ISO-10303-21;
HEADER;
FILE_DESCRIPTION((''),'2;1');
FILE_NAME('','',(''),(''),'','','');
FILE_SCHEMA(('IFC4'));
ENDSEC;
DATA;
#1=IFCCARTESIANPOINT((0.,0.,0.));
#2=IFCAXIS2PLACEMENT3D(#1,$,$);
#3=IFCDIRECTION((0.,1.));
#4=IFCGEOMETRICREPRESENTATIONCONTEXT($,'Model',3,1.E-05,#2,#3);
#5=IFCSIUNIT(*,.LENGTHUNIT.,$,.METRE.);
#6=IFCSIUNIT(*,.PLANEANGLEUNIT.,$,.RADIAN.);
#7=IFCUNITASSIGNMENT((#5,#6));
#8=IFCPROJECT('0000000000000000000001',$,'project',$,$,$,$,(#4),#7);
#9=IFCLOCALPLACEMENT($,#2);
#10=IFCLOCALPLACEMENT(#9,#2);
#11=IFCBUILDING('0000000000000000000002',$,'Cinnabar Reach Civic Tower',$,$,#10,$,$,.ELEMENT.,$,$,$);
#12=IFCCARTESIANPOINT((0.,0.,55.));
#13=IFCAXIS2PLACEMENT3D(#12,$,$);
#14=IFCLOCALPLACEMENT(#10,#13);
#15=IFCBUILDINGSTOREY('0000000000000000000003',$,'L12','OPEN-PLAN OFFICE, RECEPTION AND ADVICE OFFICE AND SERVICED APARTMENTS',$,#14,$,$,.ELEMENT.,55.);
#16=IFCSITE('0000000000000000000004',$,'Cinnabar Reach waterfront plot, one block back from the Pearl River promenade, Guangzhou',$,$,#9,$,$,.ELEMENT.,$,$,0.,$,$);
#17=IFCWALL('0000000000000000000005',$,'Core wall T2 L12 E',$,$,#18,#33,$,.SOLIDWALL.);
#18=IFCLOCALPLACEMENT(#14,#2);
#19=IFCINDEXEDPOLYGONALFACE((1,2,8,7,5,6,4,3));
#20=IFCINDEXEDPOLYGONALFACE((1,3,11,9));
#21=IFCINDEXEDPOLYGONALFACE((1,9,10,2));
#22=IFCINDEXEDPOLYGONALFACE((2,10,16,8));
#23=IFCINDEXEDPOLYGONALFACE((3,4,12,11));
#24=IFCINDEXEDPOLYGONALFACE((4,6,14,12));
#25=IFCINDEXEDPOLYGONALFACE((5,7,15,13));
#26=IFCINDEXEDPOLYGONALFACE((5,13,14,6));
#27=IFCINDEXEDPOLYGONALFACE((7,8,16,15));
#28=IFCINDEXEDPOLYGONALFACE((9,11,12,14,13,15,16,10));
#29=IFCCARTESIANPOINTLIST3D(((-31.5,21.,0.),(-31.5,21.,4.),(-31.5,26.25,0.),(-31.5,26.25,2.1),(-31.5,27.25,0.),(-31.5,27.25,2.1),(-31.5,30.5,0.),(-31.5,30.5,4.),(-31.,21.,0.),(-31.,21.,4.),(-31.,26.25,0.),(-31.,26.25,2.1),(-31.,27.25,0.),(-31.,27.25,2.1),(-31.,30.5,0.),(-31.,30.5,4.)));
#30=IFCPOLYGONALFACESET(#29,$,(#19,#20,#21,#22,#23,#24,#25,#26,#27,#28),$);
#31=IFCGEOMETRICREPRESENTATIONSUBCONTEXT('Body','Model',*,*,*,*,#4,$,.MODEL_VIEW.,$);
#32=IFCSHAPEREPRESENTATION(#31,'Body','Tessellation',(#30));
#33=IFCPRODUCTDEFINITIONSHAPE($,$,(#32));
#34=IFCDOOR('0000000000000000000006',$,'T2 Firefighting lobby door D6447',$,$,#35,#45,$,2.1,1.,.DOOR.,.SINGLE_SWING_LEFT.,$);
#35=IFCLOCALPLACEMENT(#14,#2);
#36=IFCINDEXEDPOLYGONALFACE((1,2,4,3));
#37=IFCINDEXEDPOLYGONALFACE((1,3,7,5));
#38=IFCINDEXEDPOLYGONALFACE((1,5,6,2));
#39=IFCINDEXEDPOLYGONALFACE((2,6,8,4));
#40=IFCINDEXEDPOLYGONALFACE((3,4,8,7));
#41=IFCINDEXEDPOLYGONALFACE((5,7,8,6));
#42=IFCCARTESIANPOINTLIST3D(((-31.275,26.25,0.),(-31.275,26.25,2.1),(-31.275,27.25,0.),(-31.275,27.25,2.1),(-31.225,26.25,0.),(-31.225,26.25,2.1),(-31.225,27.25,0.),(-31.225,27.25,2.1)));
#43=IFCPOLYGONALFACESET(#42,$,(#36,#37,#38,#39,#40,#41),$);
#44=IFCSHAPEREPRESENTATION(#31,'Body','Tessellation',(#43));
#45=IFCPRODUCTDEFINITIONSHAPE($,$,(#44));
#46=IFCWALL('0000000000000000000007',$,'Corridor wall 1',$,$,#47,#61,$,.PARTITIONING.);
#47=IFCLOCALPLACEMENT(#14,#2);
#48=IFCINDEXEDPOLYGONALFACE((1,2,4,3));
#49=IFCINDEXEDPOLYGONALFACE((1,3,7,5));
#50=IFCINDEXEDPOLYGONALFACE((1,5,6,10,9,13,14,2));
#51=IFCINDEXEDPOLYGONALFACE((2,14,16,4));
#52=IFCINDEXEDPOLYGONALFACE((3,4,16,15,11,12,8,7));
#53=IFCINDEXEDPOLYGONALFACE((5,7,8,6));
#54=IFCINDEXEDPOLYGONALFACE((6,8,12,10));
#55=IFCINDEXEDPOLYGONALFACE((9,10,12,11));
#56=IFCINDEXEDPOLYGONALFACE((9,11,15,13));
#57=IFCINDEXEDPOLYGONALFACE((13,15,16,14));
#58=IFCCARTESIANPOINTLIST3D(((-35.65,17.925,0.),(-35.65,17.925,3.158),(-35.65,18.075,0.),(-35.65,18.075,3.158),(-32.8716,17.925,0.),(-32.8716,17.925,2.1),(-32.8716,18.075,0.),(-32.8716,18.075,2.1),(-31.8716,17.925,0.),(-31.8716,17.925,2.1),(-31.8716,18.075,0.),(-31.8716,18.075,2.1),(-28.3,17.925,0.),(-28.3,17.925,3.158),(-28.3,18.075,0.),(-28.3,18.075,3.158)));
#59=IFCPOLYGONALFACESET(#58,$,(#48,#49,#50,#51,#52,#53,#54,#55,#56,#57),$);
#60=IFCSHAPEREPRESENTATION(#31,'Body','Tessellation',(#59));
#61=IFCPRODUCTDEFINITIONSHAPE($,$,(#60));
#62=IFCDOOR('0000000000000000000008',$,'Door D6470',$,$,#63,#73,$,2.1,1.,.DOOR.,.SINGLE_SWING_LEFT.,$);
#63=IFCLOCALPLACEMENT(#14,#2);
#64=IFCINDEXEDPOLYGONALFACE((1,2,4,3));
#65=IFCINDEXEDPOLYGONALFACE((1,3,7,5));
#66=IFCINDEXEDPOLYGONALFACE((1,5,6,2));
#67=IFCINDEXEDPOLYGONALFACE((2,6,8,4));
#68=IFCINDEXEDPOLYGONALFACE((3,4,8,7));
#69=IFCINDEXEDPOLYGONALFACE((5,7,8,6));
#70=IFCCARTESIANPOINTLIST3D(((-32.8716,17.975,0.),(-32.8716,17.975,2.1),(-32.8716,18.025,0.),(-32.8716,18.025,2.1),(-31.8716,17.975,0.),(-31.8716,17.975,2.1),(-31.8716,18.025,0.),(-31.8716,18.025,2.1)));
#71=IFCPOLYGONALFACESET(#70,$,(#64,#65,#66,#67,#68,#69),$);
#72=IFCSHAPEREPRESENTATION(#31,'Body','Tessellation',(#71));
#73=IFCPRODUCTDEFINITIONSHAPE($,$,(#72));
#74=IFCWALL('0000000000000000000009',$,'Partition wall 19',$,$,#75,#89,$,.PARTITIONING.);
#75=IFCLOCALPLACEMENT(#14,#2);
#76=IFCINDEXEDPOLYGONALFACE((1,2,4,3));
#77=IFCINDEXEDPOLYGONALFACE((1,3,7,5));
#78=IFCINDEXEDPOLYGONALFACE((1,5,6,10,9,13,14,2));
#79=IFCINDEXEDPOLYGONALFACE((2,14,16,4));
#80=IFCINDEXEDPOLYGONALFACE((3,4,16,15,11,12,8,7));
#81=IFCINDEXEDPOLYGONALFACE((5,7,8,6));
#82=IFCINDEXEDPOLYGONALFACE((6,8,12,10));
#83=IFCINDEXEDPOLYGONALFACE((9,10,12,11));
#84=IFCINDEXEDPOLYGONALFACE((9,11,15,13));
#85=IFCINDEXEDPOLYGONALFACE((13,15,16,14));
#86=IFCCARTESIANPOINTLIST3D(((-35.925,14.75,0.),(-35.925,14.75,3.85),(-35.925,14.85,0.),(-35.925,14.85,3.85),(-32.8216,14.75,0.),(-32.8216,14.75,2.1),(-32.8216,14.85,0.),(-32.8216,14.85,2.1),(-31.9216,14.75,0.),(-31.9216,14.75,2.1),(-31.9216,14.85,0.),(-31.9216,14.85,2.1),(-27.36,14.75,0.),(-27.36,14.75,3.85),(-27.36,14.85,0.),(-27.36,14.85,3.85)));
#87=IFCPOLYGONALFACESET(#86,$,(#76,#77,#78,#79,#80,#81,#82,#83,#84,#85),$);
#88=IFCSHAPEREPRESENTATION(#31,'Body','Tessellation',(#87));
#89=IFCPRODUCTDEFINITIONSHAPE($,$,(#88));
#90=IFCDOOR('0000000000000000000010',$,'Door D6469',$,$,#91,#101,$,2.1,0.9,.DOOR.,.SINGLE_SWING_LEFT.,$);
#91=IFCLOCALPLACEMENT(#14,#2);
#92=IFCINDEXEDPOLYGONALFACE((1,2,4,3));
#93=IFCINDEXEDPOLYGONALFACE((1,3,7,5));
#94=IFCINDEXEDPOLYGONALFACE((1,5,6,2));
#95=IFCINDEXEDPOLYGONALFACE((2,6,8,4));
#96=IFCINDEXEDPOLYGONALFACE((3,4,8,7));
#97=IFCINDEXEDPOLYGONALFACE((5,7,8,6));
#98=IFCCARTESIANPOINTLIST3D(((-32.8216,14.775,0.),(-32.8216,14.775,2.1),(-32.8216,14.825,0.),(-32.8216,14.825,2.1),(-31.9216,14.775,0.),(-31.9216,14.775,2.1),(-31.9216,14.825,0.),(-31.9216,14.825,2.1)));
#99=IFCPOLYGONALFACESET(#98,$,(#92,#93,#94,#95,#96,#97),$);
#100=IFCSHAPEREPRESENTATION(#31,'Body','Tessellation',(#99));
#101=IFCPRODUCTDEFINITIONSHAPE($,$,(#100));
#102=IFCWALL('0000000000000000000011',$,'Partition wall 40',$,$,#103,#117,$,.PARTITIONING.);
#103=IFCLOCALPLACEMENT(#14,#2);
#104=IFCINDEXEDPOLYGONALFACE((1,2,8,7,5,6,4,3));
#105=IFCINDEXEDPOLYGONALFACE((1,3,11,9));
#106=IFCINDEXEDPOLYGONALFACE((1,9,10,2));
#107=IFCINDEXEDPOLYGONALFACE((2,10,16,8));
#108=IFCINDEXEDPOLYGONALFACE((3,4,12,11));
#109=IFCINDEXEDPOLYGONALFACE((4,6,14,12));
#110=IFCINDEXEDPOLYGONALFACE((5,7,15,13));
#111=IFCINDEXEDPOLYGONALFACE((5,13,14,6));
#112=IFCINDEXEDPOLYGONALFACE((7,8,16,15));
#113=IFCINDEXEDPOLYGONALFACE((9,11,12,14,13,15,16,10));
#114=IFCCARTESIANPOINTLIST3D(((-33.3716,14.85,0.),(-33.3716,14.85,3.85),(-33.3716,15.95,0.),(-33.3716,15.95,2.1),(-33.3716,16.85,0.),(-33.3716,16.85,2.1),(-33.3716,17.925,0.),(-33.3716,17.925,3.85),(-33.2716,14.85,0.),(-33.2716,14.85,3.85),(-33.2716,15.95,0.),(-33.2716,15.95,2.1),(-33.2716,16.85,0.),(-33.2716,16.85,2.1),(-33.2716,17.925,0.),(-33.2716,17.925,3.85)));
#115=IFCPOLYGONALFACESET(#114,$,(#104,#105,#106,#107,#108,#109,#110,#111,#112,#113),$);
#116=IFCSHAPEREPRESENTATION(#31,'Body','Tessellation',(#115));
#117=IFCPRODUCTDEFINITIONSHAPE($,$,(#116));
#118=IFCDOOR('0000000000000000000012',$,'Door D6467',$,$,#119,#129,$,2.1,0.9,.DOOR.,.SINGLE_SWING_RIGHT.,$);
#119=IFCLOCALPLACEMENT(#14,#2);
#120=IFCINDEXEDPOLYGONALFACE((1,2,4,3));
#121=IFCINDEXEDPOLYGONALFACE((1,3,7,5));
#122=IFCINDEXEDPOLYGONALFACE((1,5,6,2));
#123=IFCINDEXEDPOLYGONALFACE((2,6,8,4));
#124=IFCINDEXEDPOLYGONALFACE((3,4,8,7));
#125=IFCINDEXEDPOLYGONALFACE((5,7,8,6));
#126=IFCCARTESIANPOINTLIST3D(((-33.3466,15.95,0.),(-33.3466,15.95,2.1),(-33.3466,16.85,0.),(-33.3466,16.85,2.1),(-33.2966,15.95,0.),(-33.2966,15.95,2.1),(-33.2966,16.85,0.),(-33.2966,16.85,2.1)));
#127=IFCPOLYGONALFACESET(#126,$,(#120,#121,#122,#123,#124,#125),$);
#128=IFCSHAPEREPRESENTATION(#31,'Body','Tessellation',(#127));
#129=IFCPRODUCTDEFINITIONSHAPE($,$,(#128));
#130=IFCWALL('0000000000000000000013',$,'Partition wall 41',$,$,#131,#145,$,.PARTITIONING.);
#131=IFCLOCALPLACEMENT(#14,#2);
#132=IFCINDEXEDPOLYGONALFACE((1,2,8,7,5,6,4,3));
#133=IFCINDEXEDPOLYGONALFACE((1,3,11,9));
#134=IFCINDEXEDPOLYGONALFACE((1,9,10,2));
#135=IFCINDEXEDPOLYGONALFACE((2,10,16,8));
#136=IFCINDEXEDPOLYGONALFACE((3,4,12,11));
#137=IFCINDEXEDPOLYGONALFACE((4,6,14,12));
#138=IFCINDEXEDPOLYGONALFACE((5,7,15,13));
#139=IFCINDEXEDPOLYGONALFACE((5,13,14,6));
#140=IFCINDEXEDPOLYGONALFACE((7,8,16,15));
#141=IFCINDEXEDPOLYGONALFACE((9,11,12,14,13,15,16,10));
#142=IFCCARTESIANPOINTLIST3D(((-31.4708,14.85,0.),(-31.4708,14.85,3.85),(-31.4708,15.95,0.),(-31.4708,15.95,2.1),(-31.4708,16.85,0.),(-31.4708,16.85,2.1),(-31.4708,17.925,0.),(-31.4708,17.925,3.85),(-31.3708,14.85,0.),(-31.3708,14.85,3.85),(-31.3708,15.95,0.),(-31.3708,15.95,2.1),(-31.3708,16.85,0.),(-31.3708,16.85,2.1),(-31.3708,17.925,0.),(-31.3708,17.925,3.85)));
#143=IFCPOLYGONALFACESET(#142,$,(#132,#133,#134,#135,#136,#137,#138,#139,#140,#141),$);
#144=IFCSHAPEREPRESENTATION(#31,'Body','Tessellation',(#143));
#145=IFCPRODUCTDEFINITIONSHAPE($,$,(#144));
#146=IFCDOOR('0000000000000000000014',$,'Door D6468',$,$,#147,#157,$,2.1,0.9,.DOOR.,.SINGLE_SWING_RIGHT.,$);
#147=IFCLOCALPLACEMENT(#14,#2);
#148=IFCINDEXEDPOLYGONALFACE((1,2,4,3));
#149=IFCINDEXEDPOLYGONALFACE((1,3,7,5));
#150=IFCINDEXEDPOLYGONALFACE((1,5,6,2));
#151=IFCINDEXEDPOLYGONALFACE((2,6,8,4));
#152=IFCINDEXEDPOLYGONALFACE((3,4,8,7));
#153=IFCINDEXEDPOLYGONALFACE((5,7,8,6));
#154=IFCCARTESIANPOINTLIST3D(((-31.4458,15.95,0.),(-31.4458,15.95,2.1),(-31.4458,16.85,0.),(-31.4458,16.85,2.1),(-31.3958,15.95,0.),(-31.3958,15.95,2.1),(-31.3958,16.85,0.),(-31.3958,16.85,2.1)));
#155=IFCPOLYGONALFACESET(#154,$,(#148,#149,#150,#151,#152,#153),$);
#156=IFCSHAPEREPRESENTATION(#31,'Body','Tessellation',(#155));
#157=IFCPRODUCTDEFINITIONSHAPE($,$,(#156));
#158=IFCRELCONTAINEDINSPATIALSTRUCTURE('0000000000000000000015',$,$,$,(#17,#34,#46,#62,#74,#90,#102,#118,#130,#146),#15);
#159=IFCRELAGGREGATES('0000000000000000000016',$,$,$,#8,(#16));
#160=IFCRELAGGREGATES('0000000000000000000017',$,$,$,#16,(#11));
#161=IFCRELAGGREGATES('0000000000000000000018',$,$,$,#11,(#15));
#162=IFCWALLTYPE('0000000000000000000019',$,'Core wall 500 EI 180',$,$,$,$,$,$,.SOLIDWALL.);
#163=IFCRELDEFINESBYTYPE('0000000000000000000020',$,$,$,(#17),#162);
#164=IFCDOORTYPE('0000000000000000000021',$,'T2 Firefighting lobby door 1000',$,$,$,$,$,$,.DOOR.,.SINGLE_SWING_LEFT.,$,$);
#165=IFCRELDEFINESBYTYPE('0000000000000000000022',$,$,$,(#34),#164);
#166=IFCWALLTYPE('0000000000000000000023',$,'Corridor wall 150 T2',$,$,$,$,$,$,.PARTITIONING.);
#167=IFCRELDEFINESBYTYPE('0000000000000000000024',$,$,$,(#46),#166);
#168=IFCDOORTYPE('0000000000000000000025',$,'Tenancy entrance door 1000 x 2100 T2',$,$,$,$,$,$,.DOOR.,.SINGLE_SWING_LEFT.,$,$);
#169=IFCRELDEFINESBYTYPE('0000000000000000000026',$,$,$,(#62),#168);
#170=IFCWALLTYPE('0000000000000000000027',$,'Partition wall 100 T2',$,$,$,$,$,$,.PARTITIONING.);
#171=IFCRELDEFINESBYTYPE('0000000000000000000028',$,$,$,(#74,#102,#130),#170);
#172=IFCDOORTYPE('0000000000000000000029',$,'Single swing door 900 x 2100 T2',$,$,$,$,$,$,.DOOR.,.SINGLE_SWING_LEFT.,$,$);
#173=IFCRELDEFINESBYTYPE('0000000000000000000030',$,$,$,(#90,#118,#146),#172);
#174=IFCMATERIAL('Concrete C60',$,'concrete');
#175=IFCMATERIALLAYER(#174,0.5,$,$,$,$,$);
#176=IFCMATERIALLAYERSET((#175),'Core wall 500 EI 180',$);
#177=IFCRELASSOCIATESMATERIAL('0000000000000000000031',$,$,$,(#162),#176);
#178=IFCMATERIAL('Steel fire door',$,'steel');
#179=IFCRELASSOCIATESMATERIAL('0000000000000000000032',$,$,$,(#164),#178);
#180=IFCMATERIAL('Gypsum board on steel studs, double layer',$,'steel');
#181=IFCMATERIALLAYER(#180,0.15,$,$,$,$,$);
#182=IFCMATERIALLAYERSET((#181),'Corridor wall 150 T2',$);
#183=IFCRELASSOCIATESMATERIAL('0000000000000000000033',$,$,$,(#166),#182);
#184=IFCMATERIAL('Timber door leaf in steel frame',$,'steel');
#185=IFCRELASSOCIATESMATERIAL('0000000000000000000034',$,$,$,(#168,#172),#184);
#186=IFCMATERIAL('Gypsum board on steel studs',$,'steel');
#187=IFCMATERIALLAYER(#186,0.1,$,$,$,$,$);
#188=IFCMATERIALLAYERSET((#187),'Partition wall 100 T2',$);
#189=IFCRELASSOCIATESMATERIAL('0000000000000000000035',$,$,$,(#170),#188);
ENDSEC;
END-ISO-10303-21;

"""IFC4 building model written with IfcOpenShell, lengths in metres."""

from ifc_helpers import new_model, si_unit, direction, frame, frame_2d, origin, place, context, subcontext, project, spatial, rectangle, extrude, material, layer, layer_set, type_object, element, fill, save


model = new_model("IFC4")

# Units and contexts
model_context = context("Model", 3, precision=1e-05, world=origin(), true_north=direction((0.0, 1.0)))
body_context = subcontext(model_context, "Body", "Model", "MODEL_VIEW")
ifc_project = project(units=[si_unit("LENGTHUNIT", "METRE"), si_unit("PLANEANGLEUNIT", "RADIAN")], contexts=[model_context])

# Site, building, storey
site_placement = place(None, origin())
site = spatial("IfcSite", under=ifc_project, at=site_placement, Name="Cinnabar Reach waterfront plot, one block back from the Pearl River promenade, Guangzhou", CompositionType="ELEMENT", RefElevation=0.0)
building_placement = place(site_placement, origin())
building = spatial("IfcBuilding", under=site, at=building_placement, Name="Cinnabar Reach Civic Tower", CompositionType="ELEMENT")
storey_placement = place(building_placement, frame((0.0, 0.0, 55.0)))
storey = spatial("IfcBuildingStorey", under=building, at=storey_placement, Name="L12", Description="OPEN-PLAN OFFICE, RECEPTION AND ADVICE OFFICE AND SERVICED APARTMENTS", CompositionType="ELEMENT", Elevation=55.0)

# Shared definitions
ifc_material_1 = material(Name="Concrete C60", Category="concrete")

# Walls, openings, doors
ifc_layer_1 = layer(ifc_material_1, 0.5)
ifc_layer_set_1 = layer_set([ifc_layer_1], Name="Core wall 500 EI 180")
wall_type_1 = type_object("IfcWallType", Name="Core wall 500 EI 180", PredefinedType="SOLIDWALL", material=ifc_layer_set_1)
wall_1_placement = place(storey_placement, frame((-31.25, 21.0, 0.0), z_axis=(0.0, 0.0, 1.0), x_axis=(0.0, 1.0, 0.0)))
wall_1 = element("IfcWall", 1, at=wall_1_placement, inside=storey, type_object=wall_type_1, Name="Core wall T2 L12 E", PredefinedType="SOLIDWALL", context=body_context, shape_type="SweptSolid", body=[
    extrude(rectangle(XDim=9.5, YDim=0.5, at=frame_2d((4.75, 0.0))), origin(), (0.0, 0.0, 1.0), 4.0),
])
opening_1_placement = place(wall_1_placement, frame((5.25, 0.0, 0.0)))
opening_1 = element("IfcOpeningElement", 2, at=opening_1_placement, cuts=wall_1, PredefinedType="OPENING", context=body_context, shape_type="SweptSolid", body=[
    extrude(rectangle(XDim=1.0, YDim=2.1, at=frame_2d((0.5, 1.05))), frame((0.0, 0.26, 0.0), z_axis=(0.0, -1.0, 0.0), x_axis=(1.0, 0.0, 0.0)), (0.0, 0.0, 1.0), 0.52),
])
ifc_material_2 = material(Name="Steel fire door", Category="steel")
door_type_1 = type_object("IfcDoorType", Name="T2 Firefighting lobby door 1000", OperationType="SINGLE_SWING_LEFT", PredefinedType="DOOR", material=ifc_material_2)
door_1_placement = place(opening_1_placement, frame((1.0, 0.0, 0.0), z_axis=(0.0, 0.0, 1.0), x_axis=(-1.0, 0.0, 0.0)))
door_1 = element("IfcDoor", 3, at=door_1_placement, inside=storey, type_object=door_type_1, Name="T2 Firefighting lobby door D6447", OperationType="SINGLE_SWING_LEFT", OverallHeight=2.1, OverallWidth=1.0, PredefinedType="DOOR", context=body_context, shape_type="SweptSolid", body=[
    extrude(rectangle(XDim=1.0, YDim=2.1, at=frame_2d((0.5, 1.05))), frame((0.0, 0.025, 0.0), z_axis=(0.0, -1.0, 0.0), x_axis=(1.0, 0.0, 0.0)), (0.0, 0.0, 1.0), 0.05),
])
fill(opening_1, door_1)
ifc_material_3 = material(Name="Gypsum board on steel studs, double layer", Category="steel")
ifc_layer_2 = layer(ifc_material_3, 0.15)
ifc_layer_set_2 = layer_set([ifc_layer_2], Name="Corridor wall 150 T2")
wall_type_2 = type_object("IfcWallType", Name="Corridor wall 150 T2", PredefinedType="PARTITIONING", material=ifc_layer_set_2)
wall_2_placement = place(storey_placement, frame((-35.65, 18.0, 0.0), z_axis=(0.0, 0.0, 1.0), x_axis=(1.0, 0.0, 0.0)))
wall_2 = element("IfcWall", 4, at=wall_2_placement, inside=storey, type_object=wall_type_2, Name="Corridor wall 1", PredefinedType="PARTITIONING", context=body_context, shape_type="SweptSolid", body=[
    extrude(rectangle(XDim=7.35, YDim=0.15, at=frame_2d((3.675, 0.0))), origin(), (0.0, 0.0, 1.0), 3.158),
])
opening_2_placement = place(wall_2_placement, frame((2.7784, 0.0, 0.0)))
opening_2 = element("IfcOpeningElement", 5, at=opening_2_placement, cuts=wall_2, PredefinedType="OPENING", context=body_context, shape_type="SweptSolid", body=[
    extrude(rectangle(XDim=1.0, YDim=2.1, at=frame_2d((0.5, 1.05))), frame((0.0, 0.085, 0.0), z_axis=(0.0, -1.0, 0.0), x_axis=(1.0, 0.0, 0.0)), (0.0, 0.0, 1.0), 0.17),
])
ifc_material_4 = material(Name="Timber door leaf in steel frame", Category="steel")
door_type_2 = type_object("IfcDoorType", Name="Tenancy entrance door 1000 x 2100 T2", OperationType="SINGLE_SWING_LEFT", PredefinedType="DOOR", material=ifc_material_4)
door_2_placement = place(opening_2_placement, frame((1.0, 0.0, 0.0), z_axis=(0.0, 0.0, 1.0), x_axis=(-1.0, 0.0, 0.0)))
door_2 = element("IfcDoor", 6, at=door_2_placement, inside=storey, type_object=door_type_2, Name="Door D6470", OperationType="SINGLE_SWING_LEFT", OverallHeight=2.1, OverallWidth=1.0, PredefinedType="DOOR", context=body_context, shape_type="SweptSolid", body=[
    extrude(rectangle(XDim=1.0, YDim=2.1, at=frame_2d((0.5, 1.05))), frame((0.0, 0.025, 0.0), z_axis=(0.0, -1.0, 0.0), x_axis=(1.0, 0.0, 0.0)), (0.0, 0.0, 1.0), 0.05),
])
fill(opening_2, door_2)
ifc_material_5 = material(Name="Gypsum board on steel studs", Category="steel")
ifc_layer_3 = layer(ifc_material_5, 0.1)
ifc_layer_set_3 = layer_set([ifc_layer_3], Name="Partition wall 100 T2")
wall_type_3 = type_object("IfcWallType", Name="Partition wall 100 T2", PredefinedType="PARTITIONING", material=ifc_layer_set_3)
wall_3_placement = place(storey_placement, frame((-35.925, 14.8, 0.0), z_axis=(0.0, 0.0, 1.0), x_axis=(1.0, 0.0, 0.0)))
wall_3 = element("IfcWall", 7, at=wall_3_placement, inside=storey, type_object=wall_type_3, Name="Partition wall 19", PredefinedType="PARTITIONING", context=body_context, shape_type="SweptSolid", body=[
    extrude(rectangle(XDim=8.565, YDim=0.1, at=frame_2d((4.2825, 0.0))), origin(), (0.0, 0.0, 1.0), 3.85),
])
opening_3_placement = place(wall_3_placement, frame((3.1034, 0.0, 0.0)))
opening_3 = element("IfcOpeningElement", 8, at=opening_3_placement, cuts=wall_3, PredefinedType="OPENING", context=body_context, shape_type="SweptSolid", body=[
    extrude(rectangle(XDim=0.9, YDim=2.1, at=frame_2d((0.45, 1.05))), frame((0.0, 0.06, 0.0), z_axis=(0.0, -1.0, 0.0), x_axis=(1.0, 0.0, 0.0)), (0.0, 0.0, 1.0), 0.12),
])
door_type_3 = type_object("IfcDoorType", Name="Single swing door 900 x 2100 T2", OperationType="SINGLE_SWING_LEFT", PredefinedType="DOOR", material=ifc_material_4)
door_3_placement = place(opening_3_placement, origin())
door_3 = element("IfcDoor", 9, at=door_3_placement, inside=storey, type_object=door_type_3, Name="Door D6469", OperationType="SINGLE_SWING_LEFT", OverallHeight=2.1, OverallWidth=0.9, PredefinedType="DOOR", context=body_context, shape_type="SweptSolid", body=[
    extrude(rectangle(XDim=0.9, YDim=2.1, at=frame_2d((0.45, 1.05))), frame((0.0, 0.025, 0.0), z_axis=(0.0, -1.0, 0.0), x_axis=(1.0, 0.0, 0.0)), (0.0, 0.0, 1.0), 0.05),
])
fill(opening_3, door_3)
wall_4_placement = place(storey_placement, frame((-33.3216, 14.85, 0.0), z_axis=(0.0, 0.0, 1.0), x_axis=(0.0, 1.0, 0.0)))
wall_4 = element("IfcWall", 10, at=wall_4_placement, inside=storey, type_object=wall_type_3, Name="Partition wall 40", PredefinedType="PARTITIONING", context=body_context, shape_type="SweptSolid", body=[
    extrude(rectangle(XDim=3.075, YDim=0.1, at=frame_2d((1.5375, 0.0))), origin(), (0.0, 0.0, 1.0), 3.85),
])
opening_4_placement = place(wall_4_placement, frame((1.1, 0.0, 0.0)))
opening_4 = element("IfcOpeningElement", 11, at=opening_4_placement, cuts=wall_4, PredefinedType="OPENING", context=body_context, shape_type="SweptSolid", body=[
    extrude(rectangle(XDim=0.9, YDim=2.1, at=frame_2d((0.45, 1.05))), frame((0.0, 0.06, 0.0), z_axis=(0.0, -1.0, 0.0), x_axis=(1.0, 0.0, 0.0)), (0.0, 0.0, 1.0), 0.12),
])
door_4_placement = place(opening_4_placement, origin())
door_4 = element("IfcDoor", 12, at=door_4_placement, inside=storey, type_object=door_type_3, Name="Door D6467", OperationType="SINGLE_SWING_RIGHT", OverallHeight=2.1, OverallWidth=0.9, PredefinedType="DOOR", context=body_context, shape_type="SweptSolid", body=[
    extrude(rectangle(XDim=0.9, YDim=2.1, at=frame_2d((0.45, 1.05))), frame((0.0, 0.025, 0.0), z_axis=(0.0, -1.0, 0.0), x_axis=(1.0, 0.0, 0.0)), (0.0, 0.0, 1.0), 0.05),
])
fill(opening_4, door_4)
wall_5_placement = place(storey_placement, frame((-31.4208, 14.85, 0.0), z_axis=(0.0, 0.0, 1.0), x_axis=(0.0, 1.0, 0.0)))
wall_5 = element("IfcWall", 13, at=wall_5_placement, inside=storey, type_object=wall_type_3, Name="Partition wall 41", PredefinedType="PARTITIONING", context=body_context, shape_type="SweptSolid", body=[
    extrude(rectangle(XDim=3.075, YDim=0.1, at=frame_2d((1.5375, 0.0))), origin(), (0.0, 0.0, 1.0), 3.85),
])
opening_5_placement = place(wall_5_placement, frame((1.1, 0.0, 0.0)))
opening_5 = element("IfcOpeningElement", 14, at=opening_5_placement, cuts=wall_5, PredefinedType="OPENING", context=body_context, shape_type="SweptSolid", body=[
    extrude(rectangle(XDim=0.9, YDim=2.1, at=frame_2d((0.45, 1.05))), frame((0.0, 0.06, 0.0), z_axis=(0.0, -1.0, 0.0), x_axis=(1.0, 0.0, 0.0)), (0.0, 0.0, 1.0), 0.12),
])
door_5_placement = place(opening_5_placement, origin())
door_5 = element("IfcDoor", 15, at=door_5_placement, inside=storey, type_object=door_type_3, Name="Door D6468", OperationType="SINGLE_SWING_RIGHT", OverallHeight=2.1, OverallWidth=0.9, PredefinedType="DOOR", context=body_context, shape_type="SweptSolid", body=[
    extrude(rectangle(XDim=0.9, YDim=2.1, at=frame_2d((0.45, 1.05))), frame((0.0, 0.025, 0.0), z_axis=(0.0, -1.0, 0.0), x_axis=(1.0, 0.0, 0.0)), (0.0, 0.0, 1.0), 0.05),
])
fill(opening_5, door_5)

save(model, "model.ifc")
